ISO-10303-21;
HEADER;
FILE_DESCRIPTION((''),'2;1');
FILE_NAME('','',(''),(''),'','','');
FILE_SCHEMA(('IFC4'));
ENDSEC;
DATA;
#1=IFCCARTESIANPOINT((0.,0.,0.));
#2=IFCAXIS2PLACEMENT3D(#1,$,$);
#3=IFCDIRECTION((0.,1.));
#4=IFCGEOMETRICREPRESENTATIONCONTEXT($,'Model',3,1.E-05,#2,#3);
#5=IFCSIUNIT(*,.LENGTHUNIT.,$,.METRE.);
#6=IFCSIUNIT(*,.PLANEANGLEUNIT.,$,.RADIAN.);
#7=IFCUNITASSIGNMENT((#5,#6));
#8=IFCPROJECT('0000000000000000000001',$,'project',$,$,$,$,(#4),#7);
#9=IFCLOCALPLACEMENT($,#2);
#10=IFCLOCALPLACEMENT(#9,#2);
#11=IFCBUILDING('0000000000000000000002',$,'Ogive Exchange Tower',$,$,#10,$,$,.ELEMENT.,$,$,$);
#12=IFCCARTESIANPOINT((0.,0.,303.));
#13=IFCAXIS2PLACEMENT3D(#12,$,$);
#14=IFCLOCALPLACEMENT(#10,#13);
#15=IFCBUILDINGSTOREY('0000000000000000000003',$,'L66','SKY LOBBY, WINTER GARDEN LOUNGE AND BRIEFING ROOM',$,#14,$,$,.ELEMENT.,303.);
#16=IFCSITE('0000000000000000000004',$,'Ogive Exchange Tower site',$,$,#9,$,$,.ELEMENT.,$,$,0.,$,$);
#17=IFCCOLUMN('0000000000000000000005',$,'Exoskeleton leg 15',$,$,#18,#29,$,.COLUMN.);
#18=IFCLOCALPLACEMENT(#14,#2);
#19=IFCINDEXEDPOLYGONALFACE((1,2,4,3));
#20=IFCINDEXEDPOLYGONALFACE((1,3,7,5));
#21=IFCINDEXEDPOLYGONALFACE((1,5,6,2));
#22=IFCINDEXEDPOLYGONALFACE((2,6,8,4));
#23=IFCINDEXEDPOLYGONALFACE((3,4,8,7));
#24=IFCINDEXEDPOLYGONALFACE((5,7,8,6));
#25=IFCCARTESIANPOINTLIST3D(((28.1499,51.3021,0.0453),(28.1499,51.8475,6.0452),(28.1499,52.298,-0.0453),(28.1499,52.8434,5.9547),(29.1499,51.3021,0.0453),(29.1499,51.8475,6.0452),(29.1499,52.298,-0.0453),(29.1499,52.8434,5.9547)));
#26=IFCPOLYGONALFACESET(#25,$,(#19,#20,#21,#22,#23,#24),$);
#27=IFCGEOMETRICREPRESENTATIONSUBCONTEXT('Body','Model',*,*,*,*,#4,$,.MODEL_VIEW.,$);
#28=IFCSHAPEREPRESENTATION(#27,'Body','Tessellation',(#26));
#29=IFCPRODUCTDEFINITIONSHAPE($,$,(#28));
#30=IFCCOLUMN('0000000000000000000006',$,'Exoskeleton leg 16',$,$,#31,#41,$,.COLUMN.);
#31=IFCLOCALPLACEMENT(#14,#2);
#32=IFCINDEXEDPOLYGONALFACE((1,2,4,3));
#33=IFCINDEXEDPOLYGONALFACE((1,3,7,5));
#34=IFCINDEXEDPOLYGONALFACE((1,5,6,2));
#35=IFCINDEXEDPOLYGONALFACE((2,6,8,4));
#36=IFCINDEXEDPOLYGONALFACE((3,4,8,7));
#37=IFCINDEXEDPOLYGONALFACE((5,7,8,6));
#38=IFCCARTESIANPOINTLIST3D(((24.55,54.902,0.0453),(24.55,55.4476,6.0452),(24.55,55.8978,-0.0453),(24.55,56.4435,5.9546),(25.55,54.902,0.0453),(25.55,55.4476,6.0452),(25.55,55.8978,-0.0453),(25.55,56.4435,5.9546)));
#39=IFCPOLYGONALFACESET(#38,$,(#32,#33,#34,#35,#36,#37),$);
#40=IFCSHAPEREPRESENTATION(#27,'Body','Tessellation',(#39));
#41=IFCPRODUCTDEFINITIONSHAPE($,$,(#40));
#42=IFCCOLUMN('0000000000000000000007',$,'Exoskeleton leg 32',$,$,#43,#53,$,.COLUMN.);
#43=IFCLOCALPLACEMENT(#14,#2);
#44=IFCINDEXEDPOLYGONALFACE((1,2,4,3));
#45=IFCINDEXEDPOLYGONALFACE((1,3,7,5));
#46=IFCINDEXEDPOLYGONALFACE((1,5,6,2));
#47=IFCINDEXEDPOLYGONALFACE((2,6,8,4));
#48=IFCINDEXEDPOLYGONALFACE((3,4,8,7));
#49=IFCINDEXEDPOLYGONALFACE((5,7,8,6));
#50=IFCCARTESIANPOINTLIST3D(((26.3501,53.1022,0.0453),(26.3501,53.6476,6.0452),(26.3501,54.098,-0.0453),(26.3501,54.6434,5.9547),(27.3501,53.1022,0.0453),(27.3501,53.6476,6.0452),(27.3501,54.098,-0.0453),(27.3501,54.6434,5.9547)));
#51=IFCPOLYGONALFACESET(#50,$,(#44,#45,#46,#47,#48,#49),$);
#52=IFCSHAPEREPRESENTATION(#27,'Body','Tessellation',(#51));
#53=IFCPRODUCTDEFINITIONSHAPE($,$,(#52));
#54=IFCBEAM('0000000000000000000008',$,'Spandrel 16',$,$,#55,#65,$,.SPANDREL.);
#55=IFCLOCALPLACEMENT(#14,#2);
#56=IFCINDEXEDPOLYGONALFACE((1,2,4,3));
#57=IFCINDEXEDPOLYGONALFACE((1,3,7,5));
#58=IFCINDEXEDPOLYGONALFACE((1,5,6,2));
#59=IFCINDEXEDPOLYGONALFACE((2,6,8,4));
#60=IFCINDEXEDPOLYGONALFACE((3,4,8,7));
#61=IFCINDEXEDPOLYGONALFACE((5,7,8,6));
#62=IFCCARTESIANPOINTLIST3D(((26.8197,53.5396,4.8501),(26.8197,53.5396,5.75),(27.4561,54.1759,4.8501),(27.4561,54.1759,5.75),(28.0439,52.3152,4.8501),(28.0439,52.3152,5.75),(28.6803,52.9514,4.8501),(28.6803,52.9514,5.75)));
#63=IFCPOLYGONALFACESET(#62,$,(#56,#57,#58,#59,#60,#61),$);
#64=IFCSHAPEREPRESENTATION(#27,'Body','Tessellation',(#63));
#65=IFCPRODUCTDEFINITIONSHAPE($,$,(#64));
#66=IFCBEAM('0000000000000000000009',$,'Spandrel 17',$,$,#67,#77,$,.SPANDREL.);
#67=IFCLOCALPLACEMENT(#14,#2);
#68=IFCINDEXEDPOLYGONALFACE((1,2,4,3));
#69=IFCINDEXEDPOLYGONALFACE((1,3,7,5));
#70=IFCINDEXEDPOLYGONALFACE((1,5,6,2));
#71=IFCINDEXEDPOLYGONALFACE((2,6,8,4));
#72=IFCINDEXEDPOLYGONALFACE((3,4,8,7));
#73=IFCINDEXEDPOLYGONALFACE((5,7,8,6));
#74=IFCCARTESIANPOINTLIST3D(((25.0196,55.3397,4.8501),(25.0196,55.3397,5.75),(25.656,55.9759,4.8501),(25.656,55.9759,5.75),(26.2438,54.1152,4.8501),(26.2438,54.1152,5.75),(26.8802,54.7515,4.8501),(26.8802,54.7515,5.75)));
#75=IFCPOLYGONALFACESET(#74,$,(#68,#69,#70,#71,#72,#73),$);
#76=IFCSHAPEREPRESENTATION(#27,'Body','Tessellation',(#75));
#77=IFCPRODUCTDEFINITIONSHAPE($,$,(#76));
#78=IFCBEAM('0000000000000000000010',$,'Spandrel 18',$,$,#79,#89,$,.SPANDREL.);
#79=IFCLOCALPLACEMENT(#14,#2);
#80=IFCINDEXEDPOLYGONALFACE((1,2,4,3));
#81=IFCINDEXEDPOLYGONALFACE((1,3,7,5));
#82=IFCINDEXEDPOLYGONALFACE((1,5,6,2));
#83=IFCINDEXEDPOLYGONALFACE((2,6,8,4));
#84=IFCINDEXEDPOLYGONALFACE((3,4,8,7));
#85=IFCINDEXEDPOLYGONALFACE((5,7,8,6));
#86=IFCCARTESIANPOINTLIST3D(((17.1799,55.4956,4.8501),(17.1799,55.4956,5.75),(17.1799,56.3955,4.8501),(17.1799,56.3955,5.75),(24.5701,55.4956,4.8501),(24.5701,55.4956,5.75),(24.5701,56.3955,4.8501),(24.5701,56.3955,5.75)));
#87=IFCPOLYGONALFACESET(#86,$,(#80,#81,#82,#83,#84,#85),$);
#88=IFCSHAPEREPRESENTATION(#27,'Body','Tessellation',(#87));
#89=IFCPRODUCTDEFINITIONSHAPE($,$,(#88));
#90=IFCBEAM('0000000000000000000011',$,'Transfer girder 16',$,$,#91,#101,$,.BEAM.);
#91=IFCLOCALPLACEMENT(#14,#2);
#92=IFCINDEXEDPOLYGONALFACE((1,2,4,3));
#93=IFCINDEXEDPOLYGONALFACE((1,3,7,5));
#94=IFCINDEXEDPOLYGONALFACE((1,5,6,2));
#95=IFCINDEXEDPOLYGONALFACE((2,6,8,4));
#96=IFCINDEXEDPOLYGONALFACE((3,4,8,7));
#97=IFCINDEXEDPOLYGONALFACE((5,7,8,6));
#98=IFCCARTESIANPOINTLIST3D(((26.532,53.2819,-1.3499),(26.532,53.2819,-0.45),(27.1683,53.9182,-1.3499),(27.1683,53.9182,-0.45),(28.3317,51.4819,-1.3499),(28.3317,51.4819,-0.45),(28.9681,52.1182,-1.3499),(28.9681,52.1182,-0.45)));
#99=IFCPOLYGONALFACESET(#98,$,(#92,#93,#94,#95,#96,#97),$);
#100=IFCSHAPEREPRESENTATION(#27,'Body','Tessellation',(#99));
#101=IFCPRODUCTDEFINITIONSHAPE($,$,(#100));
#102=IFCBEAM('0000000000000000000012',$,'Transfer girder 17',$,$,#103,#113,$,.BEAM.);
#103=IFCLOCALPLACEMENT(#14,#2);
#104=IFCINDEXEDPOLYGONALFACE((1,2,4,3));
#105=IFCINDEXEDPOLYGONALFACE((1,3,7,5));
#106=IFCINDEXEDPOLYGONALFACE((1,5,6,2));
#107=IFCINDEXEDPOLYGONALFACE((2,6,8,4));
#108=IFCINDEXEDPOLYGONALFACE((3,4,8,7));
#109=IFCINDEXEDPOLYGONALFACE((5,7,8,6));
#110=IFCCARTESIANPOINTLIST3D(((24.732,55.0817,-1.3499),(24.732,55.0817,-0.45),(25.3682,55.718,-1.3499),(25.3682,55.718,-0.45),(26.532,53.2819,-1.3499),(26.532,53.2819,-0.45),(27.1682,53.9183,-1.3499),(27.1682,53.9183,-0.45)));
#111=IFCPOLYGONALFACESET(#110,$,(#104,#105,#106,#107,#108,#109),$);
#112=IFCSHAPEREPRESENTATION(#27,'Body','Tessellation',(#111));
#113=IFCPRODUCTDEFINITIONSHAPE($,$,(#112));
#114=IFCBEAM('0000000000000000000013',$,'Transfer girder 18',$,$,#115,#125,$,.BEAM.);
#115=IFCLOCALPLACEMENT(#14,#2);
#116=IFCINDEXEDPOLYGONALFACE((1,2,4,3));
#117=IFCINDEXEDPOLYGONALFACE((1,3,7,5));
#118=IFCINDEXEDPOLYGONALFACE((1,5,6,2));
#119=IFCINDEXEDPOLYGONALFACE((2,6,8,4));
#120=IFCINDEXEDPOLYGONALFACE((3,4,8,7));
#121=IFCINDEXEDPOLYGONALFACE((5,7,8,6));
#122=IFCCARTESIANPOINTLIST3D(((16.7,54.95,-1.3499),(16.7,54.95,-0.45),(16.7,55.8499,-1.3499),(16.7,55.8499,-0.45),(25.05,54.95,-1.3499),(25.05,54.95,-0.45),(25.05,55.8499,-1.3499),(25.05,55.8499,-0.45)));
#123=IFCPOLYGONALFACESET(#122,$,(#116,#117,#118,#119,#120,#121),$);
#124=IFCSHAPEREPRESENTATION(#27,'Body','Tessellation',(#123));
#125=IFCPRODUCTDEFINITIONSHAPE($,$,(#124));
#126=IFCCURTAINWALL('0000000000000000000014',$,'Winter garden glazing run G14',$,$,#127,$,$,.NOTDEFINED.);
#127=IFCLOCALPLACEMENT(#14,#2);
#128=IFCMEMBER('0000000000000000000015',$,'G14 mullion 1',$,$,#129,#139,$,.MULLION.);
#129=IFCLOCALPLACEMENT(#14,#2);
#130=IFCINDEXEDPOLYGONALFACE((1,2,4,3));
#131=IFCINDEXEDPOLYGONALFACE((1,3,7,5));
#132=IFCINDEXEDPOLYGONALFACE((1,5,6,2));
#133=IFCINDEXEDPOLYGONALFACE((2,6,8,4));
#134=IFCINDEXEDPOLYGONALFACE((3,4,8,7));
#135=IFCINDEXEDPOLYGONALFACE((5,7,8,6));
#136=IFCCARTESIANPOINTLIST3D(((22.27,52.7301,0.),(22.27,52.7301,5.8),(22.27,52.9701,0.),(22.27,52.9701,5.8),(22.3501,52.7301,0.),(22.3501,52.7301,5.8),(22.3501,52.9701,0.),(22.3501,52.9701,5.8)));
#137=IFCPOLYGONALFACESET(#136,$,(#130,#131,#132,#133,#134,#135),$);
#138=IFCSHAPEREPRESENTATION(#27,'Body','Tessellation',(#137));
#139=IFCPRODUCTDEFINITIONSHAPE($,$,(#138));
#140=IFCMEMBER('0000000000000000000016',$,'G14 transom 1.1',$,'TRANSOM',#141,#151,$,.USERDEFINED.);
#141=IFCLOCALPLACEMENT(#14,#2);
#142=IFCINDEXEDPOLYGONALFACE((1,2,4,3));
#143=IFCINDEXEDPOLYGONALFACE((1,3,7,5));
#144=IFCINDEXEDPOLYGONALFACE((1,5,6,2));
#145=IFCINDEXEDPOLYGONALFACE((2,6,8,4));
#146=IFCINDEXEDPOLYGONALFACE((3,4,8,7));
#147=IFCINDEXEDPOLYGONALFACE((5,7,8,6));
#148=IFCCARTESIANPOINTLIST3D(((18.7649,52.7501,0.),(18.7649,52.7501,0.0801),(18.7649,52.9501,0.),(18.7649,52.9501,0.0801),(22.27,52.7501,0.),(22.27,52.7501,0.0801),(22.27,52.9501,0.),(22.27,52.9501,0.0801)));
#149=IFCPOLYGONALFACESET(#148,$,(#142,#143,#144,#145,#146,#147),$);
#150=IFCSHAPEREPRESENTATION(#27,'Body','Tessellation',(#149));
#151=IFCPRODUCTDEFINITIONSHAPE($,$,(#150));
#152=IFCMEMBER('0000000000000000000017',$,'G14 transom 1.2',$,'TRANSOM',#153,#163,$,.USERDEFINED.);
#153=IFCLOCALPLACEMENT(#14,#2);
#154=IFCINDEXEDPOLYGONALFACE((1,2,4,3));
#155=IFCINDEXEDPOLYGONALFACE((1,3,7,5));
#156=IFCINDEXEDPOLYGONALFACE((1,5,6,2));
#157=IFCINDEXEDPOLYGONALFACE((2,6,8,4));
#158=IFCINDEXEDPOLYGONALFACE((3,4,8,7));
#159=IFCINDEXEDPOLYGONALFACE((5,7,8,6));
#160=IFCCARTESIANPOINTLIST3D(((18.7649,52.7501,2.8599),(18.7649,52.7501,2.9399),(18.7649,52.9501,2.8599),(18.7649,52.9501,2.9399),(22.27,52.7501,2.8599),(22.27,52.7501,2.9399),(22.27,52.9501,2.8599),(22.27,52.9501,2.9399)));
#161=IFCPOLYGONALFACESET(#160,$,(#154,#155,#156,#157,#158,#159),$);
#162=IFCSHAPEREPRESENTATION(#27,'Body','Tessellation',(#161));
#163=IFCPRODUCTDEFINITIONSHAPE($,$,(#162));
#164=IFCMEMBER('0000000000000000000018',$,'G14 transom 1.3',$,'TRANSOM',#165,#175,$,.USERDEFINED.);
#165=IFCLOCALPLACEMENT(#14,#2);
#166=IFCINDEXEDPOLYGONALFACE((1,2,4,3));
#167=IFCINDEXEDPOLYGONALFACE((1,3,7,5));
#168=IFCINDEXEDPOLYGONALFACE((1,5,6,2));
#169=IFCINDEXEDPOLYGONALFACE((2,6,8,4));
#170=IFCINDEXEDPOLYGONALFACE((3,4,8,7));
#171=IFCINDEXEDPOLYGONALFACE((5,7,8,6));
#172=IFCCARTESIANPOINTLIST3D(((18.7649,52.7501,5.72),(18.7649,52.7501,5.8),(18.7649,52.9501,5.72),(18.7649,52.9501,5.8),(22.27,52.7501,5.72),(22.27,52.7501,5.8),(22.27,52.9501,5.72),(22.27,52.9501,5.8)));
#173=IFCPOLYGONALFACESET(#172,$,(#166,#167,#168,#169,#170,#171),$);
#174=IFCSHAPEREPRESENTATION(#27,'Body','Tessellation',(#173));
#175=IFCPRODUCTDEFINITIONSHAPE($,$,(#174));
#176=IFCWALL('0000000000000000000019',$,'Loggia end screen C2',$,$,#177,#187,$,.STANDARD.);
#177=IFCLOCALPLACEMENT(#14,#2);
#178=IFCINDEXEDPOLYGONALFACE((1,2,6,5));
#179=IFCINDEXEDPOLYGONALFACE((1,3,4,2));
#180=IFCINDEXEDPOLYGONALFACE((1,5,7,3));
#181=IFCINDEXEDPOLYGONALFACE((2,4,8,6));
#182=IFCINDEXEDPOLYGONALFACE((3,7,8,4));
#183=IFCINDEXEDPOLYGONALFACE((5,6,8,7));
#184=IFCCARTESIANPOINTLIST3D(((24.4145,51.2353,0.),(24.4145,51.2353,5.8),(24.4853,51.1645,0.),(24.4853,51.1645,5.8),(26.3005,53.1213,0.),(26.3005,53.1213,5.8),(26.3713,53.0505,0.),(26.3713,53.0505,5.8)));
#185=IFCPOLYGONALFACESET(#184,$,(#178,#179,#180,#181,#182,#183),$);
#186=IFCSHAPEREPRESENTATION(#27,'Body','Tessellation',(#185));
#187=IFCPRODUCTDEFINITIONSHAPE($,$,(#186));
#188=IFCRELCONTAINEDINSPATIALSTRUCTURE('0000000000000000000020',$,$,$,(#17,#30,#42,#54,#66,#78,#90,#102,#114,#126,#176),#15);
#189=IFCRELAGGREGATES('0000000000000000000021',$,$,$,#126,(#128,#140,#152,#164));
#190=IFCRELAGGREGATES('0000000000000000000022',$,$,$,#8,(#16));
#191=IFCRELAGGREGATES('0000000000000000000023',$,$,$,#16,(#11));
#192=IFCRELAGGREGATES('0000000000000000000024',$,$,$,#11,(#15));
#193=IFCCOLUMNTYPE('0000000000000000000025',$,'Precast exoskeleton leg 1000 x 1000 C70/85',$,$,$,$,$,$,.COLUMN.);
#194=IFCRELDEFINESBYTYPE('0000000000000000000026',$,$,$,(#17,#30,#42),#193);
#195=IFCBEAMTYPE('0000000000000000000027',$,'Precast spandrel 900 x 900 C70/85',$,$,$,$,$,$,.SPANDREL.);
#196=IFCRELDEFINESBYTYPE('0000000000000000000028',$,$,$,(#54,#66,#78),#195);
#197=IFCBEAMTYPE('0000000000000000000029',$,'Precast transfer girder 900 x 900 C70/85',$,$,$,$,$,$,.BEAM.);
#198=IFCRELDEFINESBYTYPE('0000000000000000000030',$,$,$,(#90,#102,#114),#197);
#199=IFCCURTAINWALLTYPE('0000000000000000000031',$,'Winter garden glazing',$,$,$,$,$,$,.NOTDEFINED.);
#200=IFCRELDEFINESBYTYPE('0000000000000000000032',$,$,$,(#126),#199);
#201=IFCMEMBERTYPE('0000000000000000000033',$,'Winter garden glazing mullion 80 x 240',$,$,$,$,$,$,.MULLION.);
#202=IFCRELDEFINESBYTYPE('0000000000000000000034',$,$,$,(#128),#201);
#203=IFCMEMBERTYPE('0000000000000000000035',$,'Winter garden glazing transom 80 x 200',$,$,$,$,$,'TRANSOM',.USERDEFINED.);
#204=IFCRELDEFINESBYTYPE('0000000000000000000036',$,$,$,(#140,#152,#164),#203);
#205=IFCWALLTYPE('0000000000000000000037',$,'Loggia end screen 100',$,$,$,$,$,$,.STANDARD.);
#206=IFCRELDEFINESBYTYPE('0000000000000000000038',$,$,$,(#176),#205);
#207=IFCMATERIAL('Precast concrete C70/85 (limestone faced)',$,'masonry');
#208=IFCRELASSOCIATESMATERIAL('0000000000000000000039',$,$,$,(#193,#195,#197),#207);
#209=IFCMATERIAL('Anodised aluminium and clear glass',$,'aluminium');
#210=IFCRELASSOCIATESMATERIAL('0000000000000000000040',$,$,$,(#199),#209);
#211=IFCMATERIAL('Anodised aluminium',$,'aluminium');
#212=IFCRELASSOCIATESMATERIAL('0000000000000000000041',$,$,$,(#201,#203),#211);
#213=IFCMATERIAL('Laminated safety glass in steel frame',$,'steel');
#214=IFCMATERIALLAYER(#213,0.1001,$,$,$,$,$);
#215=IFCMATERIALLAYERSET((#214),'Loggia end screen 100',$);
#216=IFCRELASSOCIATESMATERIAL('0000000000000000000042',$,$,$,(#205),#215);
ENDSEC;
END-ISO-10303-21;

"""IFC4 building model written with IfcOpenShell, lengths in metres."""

from ifc_helpers import new_model, si_unit, direction, frame, frame_2d, origin, origin_2d, place, context, subcontext, project, spatial, rectangle, extrude, material, layer, layer_set, material_profile, profile_set, type_object, element, aggregate, save


model = new_model("IFC4")

# Units and contexts
model_context = context("Model", 3, precision=1e-05, world=origin(), true_north=direction((0.0, 1.0)))
body_context = subcontext(model_context, "Body", "Model", "MODEL_VIEW")
ifc_project = project(units=[si_unit("LENGTHUNIT", "METRE"), si_unit("PLANEANGLEUNIT", "RADIAN")], contexts=[model_context])

# Site, building, storey
site_placement = place(None, origin())
site = spatial("IfcSite", under=ifc_project, at=site_placement, Name="Ogive Exchange Tower site", CompositionType="ELEMENT", RefElevation=0.0)
building_placement = place(site_placement, origin())
building = spatial("IfcBuilding", under=site, at=building_placement, Name="Ogive Exchange Tower", CompositionType="ELEMENT")
storey_placement = place(building_placement, frame((0.0, 0.0, 303.0)))
storey = spatial("IfcBuildingStorey", under=building, at=storey_placement, Name="L66", Description="SKY LOBBY, WINTER GARDEN LOUNGE AND BRIEFING ROOM", CompositionType="ELEMENT", Elevation=303.0)

# Columns
ifc_material_1 = material(Name="Precast concrete C70/85 (limestone faced)", Category="masonry")
ifc_material_profile_1 = material_profile(ifc_material_1, rectangle(XDim=1.0, YDim=1.0, at=origin_2d()), Name="1000 x 1000")
ifc_profile_set_1 = profile_set([ifc_material_profile_1], Name="Precast concrete C70/85 (limestone faced)")
column_type = type_object("IfcColumnType", Name="Precast exoskeleton leg 1000 x 1000 C70/85", PredefinedType="COLUMN", material=ifc_profile_set_1)
for number, where, z_axis, x_axis, name in (
    (1, (28.6499, 51.8, 0.0), (0.0, 0.090528, 0.995894), (-1.0, 0.0, 0.0), "Exoskeleton leg 15"),
    (2, (25.05, 55.3999, 0.0), (0.0, 0.090569, 0.99589), (-1.0, 0.0, 0.0), "Exoskeleton leg 16"),
    (3, (26.8501, 53.6001, 0.0), (0.0, 0.090528, 0.995894), (-1.0, 0.0, 0.0), "Exoskeleton leg 32"),
):
    element("IfcColumn", number, at=place(storey_placement, frame(where, z_axis=z_axis, x_axis=x_axis)), inside=storey, type_object=column_type, Name=name, PredefinedType="COLUMN", context=body_context, shape_type="SweptSolid", body=[
        extrude(rectangle(XDim=1.0, YDim=1.0, at=origin_2d()), origin(), (0.0, 0.0, 1.0), 6.0247),
    ])

# Beams
ifc_material_profile_2 = material_profile(ifc_material_1, rectangle(XDim=0.8999, YDim=0.8999, at=origin_2d()), Name="900 x 900")
ifc_profile_set_2 = profile_set([ifc_material_profile_2], Name="Precast concrete C70/85 (limestone faced)")
beam_type_1 = type_object("IfcBeamType", Name="Precast spandrel 900 x 900 C70/85", PredefinedType="SPANDREL", material=ifc_profile_set_2)
for number, where, z_axis, x_axis, name in (
    (4, (28.3621, 52.6333, 5.3), (-0.707036, 0.707177, 0.0), (-0.707177, -0.707036, 0.0), "Spandrel 16"),
    (5, (26.562, 54.4333, 5.3), (-0.707036, 0.707177, 0.0), (-0.707177, -0.707036, 0.0), "Spandrel 17"),
):
    element("IfcBeam", number, at=place(storey_placement, frame(where, z_axis=z_axis, x_axis=x_axis)), inside=storey, type_object=beam_type_1, Name=name, PredefinedType="SPANDREL", context=body_context, shape_type="SweptSolid", body=[
        extrude(rectangle(XDim=0.8999, YDim=0.8999, at=origin_2d()), origin(), (0.0, 0.0, 1.0), 1.7314),
    ])
beam_1_placement = place(storey_placement, frame((24.5701, 55.9456, 5.3), z_axis=(-1.0, 0.0, 0.0), x_axis=(0.0, -1.0, 0.0)))
element("IfcBeam", 6, at=beam_1_placement, inside=storey, type_object=beam_type_1, Name="Spandrel 18", PredefinedType="SPANDREL", context=body_context, shape_type="SweptSolid", body=[
    extrude(rectangle(XDim=0.8999, YDim=0.8999, at=origin_2d()), origin(), (0.0, 0.0, 1.0), 7.3901),
])
ifc_material_profile_3 = material_profile(ifc_material_1, rectangle(XDim=0.8999, YDim=0.8999, at=origin_2d()), Name="900 x 900")
ifc_profile_set_3 = profile_set([ifc_material_profile_3], Name="Precast concrete C70/85 (limestone faced)")
beam_type_2 = type_object("IfcBeamType", Name="Precast transfer girder 900 x 900 C70/85", PredefinedType="BEAM", material=ifc_profile_set_3)
for number, where, z_axis, x_axis, name in (
    (7, (28.6499, 51.8, -0.8999), (-0.707059, 0.707155, 0.0), (-0.707155, -0.707059, 0.0), "Transfer girder 16"),
    (8, (26.8501, 53.6001, -0.8999), (-0.707155, 0.707059, 0.0), (-0.707059, -0.707155, 0.0), "Transfer girder 17"),
):
    element("IfcBeam", number, at=place(storey_placement, frame(where, z_axis=z_axis, x_axis=x_axis)), inside=storey, type_object=beam_type_2, Name=name, PredefinedType="BEAM", context=body_context, shape_type="SweptSolid", body=[
        extrude(rectangle(XDim=0.8999, YDim=0.8999, at=origin_2d()), origin(), (0.0, 0.0, 1.0), 2.5454),
    ])
beam_2_placement = place(storey_placement, frame((25.05, 55.3999, -0.8999), z_axis=(-1.0, 0.0, 0.0), x_axis=(0.0, -1.0, 0.0)))
element("IfcBeam", 9, at=beam_2_placement, inside=storey, type_object=beam_type_2, Name="Transfer girder 18", PredefinedType="BEAM", context=body_context, shape_type="SweptSolid", body=[
    extrude(rectangle(XDim=0.8999, YDim=0.8999, at=origin_2d()), origin(), (0.0, 0.0, 1.0), 8.3501),
])

# Curtain wall, members
ifc_material_2 = material(Name="Anodised aluminium and clear glass", Category="aluminium")
curtain_wall_type = type_object("IfcCurtainWallType", Name="Winter garden glazing", PredefinedType="NOTDEFINED", material=ifc_material_2)
curtain_wall_placement = place(storey_placement, origin())
curtain_wall = element("IfcCurtainWall", 10, at=curtain_wall_placement, inside=storey, type_object=curtain_wall_type, Name="Winter garden glazing run G14", PredefinedType="NOTDEFINED")
ifc_material_3 = material(Name="Anodised aluminium", Category="aluminium")
ifc_material_profile_4 = material_profile(ifc_material_3, rectangle(XDim=0.24, YDim=0.0801, at=origin_2d()), Name="AL 80x240")
ifc_profile_set_4 = profile_set([ifc_material_profile_4], Name="Anodised aluminium")
member_type_1 = type_object("IfcMemberType", Name="Winter garden glazing mullion 80 x 240", PredefinedType="MULLION", material=ifc_profile_set_4)
member_1_placement = place(storey_placement, frame((22.3101, 52.8501, 0.0), z_axis=(0.0, 0.0, 1.0), x_axis=(0.0, -1.0, 0.0)))
member_1 = element("IfcMember", 11, at=member_1_placement, type_object=member_type_1, Name="G14 mullion 1", PredefinedType="MULLION", context=body_context, shape_type="SweptSolid", body=[
    extrude(rectangle(XDim=0.24, YDim=0.0801, at=origin_2d()), origin(), (0.0, 0.0, 1.0), 5.8),
])
ifc_material_profile_5 = material_profile(ifc_material_3, rectangle(XDim=0.2, YDim=0.0801, at=origin_2d()), Name="AL 80x200")
ifc_profile_set_5 = profile_set([ifc_material_profile_5], Name="Anodised aluminium")
member_type_2 = type_object("IfcMemberType", Name="Winter garden glazing transom 80 x 200", ElementType="TRANSOM", PredefinedType="USERDEFINED", material=ifc_profile_set_5)
member_2_placement = place(storey_placement, frame((22.27, 52.8501, 0.04), z_axis=(-1.0, 0.0, 0.0), x_axis=(0.0, -1.0, 0.0)))
member_2 = element("IfcMember", 12, at=member_2_placement, type_object=member_type_2, Name="G14 transom 1.1", ObjectType="TRANSOM", PredefinedType="USERDEFINED", context=body_context, shape_type="SweptSolid", body=[
    extrude(rectangle(XDim=0.2, YDim=0.0801, at=origin_2d()), origin(), (0.0, 0.0, 1.0), 3.5051),
])
member_3_placement = place(storey_placement, frame((22.27, 52.8501, 2.8999), z_axis=(-1.0, 0.0, 0.0), x_axis=(0.0, -1.0, 0.0)))
member_3 = element("IfcMember", 13, at=member_3_placement, type_object=member_type_2, Name="G14 transom 1.2", ObjectType="TRANSOM", PredefinedType="USERDEFINED", context=body_context, shape_type="SweptSolid", body=[
    extrude(rectangle(XDim=0.2, YDim=0.0801, at=origin_2d()), origin(), (0.0, 0.0, 1.0), 3.5051),
])
member_4_placement = place(storey_placement, frame((22.27, 52.8501, 5.76), z_axis=(-1.0, 0.0, 0.0), x_axis=(0.0, -1.0, 0.0)))
member_4 = element("IfcMember", 14, at=member_4_placement, type_object=member_type_2, Name="G14 transom 1.3", ObjectType="TRANSOM", PredefinedType="USERDEFINED", context=body_context, shape_type="SweptSolid", body=[
    extrude(rectangle(XDim=0.2, YDim=0.0801, at=origin_2d()), origin(), (0.0, 0.0, 1.0), 3.5051),
])
aggregate(curtain_wall, [member_1, member_2, member_3, member_4])

# Wall
ifc_material_4 = material(Name="Laminated safety glass in steel frame", Category="steel")
ifc_layer = layer(ifc_material_4, 0.1001)
ifc_layer_set = layer_set([ifc_layer], Name="Loggia end screen 100")
wall_type = type_object("IfcWallType", Name="Loggia end screen 100", PredefinedType="STANDARD", material=ifc_layer_set)
wall_placement = place(storey_placement, frame((24.45, 51.2, 0.0), z_axis=(0.0, 0.0, 1.0), x_axis=(0.707107, 0.707107, 0.0)))
element("IfcWall", 15, at=wall_placement, inside=storey, type_object=wall_type, Name="Loggia end screen C2", PredefinedType="STANDARD", context=body_context, shape_type="SweptSolid", body=[
    extrude(rectangle(XDim=2.6672, YDim=0.1001, at=frame_2d((1.3335, 0.0))), origin(), (0.0, 0.0, 1.0), 5.8),
])

save(model, "model.ifc")
